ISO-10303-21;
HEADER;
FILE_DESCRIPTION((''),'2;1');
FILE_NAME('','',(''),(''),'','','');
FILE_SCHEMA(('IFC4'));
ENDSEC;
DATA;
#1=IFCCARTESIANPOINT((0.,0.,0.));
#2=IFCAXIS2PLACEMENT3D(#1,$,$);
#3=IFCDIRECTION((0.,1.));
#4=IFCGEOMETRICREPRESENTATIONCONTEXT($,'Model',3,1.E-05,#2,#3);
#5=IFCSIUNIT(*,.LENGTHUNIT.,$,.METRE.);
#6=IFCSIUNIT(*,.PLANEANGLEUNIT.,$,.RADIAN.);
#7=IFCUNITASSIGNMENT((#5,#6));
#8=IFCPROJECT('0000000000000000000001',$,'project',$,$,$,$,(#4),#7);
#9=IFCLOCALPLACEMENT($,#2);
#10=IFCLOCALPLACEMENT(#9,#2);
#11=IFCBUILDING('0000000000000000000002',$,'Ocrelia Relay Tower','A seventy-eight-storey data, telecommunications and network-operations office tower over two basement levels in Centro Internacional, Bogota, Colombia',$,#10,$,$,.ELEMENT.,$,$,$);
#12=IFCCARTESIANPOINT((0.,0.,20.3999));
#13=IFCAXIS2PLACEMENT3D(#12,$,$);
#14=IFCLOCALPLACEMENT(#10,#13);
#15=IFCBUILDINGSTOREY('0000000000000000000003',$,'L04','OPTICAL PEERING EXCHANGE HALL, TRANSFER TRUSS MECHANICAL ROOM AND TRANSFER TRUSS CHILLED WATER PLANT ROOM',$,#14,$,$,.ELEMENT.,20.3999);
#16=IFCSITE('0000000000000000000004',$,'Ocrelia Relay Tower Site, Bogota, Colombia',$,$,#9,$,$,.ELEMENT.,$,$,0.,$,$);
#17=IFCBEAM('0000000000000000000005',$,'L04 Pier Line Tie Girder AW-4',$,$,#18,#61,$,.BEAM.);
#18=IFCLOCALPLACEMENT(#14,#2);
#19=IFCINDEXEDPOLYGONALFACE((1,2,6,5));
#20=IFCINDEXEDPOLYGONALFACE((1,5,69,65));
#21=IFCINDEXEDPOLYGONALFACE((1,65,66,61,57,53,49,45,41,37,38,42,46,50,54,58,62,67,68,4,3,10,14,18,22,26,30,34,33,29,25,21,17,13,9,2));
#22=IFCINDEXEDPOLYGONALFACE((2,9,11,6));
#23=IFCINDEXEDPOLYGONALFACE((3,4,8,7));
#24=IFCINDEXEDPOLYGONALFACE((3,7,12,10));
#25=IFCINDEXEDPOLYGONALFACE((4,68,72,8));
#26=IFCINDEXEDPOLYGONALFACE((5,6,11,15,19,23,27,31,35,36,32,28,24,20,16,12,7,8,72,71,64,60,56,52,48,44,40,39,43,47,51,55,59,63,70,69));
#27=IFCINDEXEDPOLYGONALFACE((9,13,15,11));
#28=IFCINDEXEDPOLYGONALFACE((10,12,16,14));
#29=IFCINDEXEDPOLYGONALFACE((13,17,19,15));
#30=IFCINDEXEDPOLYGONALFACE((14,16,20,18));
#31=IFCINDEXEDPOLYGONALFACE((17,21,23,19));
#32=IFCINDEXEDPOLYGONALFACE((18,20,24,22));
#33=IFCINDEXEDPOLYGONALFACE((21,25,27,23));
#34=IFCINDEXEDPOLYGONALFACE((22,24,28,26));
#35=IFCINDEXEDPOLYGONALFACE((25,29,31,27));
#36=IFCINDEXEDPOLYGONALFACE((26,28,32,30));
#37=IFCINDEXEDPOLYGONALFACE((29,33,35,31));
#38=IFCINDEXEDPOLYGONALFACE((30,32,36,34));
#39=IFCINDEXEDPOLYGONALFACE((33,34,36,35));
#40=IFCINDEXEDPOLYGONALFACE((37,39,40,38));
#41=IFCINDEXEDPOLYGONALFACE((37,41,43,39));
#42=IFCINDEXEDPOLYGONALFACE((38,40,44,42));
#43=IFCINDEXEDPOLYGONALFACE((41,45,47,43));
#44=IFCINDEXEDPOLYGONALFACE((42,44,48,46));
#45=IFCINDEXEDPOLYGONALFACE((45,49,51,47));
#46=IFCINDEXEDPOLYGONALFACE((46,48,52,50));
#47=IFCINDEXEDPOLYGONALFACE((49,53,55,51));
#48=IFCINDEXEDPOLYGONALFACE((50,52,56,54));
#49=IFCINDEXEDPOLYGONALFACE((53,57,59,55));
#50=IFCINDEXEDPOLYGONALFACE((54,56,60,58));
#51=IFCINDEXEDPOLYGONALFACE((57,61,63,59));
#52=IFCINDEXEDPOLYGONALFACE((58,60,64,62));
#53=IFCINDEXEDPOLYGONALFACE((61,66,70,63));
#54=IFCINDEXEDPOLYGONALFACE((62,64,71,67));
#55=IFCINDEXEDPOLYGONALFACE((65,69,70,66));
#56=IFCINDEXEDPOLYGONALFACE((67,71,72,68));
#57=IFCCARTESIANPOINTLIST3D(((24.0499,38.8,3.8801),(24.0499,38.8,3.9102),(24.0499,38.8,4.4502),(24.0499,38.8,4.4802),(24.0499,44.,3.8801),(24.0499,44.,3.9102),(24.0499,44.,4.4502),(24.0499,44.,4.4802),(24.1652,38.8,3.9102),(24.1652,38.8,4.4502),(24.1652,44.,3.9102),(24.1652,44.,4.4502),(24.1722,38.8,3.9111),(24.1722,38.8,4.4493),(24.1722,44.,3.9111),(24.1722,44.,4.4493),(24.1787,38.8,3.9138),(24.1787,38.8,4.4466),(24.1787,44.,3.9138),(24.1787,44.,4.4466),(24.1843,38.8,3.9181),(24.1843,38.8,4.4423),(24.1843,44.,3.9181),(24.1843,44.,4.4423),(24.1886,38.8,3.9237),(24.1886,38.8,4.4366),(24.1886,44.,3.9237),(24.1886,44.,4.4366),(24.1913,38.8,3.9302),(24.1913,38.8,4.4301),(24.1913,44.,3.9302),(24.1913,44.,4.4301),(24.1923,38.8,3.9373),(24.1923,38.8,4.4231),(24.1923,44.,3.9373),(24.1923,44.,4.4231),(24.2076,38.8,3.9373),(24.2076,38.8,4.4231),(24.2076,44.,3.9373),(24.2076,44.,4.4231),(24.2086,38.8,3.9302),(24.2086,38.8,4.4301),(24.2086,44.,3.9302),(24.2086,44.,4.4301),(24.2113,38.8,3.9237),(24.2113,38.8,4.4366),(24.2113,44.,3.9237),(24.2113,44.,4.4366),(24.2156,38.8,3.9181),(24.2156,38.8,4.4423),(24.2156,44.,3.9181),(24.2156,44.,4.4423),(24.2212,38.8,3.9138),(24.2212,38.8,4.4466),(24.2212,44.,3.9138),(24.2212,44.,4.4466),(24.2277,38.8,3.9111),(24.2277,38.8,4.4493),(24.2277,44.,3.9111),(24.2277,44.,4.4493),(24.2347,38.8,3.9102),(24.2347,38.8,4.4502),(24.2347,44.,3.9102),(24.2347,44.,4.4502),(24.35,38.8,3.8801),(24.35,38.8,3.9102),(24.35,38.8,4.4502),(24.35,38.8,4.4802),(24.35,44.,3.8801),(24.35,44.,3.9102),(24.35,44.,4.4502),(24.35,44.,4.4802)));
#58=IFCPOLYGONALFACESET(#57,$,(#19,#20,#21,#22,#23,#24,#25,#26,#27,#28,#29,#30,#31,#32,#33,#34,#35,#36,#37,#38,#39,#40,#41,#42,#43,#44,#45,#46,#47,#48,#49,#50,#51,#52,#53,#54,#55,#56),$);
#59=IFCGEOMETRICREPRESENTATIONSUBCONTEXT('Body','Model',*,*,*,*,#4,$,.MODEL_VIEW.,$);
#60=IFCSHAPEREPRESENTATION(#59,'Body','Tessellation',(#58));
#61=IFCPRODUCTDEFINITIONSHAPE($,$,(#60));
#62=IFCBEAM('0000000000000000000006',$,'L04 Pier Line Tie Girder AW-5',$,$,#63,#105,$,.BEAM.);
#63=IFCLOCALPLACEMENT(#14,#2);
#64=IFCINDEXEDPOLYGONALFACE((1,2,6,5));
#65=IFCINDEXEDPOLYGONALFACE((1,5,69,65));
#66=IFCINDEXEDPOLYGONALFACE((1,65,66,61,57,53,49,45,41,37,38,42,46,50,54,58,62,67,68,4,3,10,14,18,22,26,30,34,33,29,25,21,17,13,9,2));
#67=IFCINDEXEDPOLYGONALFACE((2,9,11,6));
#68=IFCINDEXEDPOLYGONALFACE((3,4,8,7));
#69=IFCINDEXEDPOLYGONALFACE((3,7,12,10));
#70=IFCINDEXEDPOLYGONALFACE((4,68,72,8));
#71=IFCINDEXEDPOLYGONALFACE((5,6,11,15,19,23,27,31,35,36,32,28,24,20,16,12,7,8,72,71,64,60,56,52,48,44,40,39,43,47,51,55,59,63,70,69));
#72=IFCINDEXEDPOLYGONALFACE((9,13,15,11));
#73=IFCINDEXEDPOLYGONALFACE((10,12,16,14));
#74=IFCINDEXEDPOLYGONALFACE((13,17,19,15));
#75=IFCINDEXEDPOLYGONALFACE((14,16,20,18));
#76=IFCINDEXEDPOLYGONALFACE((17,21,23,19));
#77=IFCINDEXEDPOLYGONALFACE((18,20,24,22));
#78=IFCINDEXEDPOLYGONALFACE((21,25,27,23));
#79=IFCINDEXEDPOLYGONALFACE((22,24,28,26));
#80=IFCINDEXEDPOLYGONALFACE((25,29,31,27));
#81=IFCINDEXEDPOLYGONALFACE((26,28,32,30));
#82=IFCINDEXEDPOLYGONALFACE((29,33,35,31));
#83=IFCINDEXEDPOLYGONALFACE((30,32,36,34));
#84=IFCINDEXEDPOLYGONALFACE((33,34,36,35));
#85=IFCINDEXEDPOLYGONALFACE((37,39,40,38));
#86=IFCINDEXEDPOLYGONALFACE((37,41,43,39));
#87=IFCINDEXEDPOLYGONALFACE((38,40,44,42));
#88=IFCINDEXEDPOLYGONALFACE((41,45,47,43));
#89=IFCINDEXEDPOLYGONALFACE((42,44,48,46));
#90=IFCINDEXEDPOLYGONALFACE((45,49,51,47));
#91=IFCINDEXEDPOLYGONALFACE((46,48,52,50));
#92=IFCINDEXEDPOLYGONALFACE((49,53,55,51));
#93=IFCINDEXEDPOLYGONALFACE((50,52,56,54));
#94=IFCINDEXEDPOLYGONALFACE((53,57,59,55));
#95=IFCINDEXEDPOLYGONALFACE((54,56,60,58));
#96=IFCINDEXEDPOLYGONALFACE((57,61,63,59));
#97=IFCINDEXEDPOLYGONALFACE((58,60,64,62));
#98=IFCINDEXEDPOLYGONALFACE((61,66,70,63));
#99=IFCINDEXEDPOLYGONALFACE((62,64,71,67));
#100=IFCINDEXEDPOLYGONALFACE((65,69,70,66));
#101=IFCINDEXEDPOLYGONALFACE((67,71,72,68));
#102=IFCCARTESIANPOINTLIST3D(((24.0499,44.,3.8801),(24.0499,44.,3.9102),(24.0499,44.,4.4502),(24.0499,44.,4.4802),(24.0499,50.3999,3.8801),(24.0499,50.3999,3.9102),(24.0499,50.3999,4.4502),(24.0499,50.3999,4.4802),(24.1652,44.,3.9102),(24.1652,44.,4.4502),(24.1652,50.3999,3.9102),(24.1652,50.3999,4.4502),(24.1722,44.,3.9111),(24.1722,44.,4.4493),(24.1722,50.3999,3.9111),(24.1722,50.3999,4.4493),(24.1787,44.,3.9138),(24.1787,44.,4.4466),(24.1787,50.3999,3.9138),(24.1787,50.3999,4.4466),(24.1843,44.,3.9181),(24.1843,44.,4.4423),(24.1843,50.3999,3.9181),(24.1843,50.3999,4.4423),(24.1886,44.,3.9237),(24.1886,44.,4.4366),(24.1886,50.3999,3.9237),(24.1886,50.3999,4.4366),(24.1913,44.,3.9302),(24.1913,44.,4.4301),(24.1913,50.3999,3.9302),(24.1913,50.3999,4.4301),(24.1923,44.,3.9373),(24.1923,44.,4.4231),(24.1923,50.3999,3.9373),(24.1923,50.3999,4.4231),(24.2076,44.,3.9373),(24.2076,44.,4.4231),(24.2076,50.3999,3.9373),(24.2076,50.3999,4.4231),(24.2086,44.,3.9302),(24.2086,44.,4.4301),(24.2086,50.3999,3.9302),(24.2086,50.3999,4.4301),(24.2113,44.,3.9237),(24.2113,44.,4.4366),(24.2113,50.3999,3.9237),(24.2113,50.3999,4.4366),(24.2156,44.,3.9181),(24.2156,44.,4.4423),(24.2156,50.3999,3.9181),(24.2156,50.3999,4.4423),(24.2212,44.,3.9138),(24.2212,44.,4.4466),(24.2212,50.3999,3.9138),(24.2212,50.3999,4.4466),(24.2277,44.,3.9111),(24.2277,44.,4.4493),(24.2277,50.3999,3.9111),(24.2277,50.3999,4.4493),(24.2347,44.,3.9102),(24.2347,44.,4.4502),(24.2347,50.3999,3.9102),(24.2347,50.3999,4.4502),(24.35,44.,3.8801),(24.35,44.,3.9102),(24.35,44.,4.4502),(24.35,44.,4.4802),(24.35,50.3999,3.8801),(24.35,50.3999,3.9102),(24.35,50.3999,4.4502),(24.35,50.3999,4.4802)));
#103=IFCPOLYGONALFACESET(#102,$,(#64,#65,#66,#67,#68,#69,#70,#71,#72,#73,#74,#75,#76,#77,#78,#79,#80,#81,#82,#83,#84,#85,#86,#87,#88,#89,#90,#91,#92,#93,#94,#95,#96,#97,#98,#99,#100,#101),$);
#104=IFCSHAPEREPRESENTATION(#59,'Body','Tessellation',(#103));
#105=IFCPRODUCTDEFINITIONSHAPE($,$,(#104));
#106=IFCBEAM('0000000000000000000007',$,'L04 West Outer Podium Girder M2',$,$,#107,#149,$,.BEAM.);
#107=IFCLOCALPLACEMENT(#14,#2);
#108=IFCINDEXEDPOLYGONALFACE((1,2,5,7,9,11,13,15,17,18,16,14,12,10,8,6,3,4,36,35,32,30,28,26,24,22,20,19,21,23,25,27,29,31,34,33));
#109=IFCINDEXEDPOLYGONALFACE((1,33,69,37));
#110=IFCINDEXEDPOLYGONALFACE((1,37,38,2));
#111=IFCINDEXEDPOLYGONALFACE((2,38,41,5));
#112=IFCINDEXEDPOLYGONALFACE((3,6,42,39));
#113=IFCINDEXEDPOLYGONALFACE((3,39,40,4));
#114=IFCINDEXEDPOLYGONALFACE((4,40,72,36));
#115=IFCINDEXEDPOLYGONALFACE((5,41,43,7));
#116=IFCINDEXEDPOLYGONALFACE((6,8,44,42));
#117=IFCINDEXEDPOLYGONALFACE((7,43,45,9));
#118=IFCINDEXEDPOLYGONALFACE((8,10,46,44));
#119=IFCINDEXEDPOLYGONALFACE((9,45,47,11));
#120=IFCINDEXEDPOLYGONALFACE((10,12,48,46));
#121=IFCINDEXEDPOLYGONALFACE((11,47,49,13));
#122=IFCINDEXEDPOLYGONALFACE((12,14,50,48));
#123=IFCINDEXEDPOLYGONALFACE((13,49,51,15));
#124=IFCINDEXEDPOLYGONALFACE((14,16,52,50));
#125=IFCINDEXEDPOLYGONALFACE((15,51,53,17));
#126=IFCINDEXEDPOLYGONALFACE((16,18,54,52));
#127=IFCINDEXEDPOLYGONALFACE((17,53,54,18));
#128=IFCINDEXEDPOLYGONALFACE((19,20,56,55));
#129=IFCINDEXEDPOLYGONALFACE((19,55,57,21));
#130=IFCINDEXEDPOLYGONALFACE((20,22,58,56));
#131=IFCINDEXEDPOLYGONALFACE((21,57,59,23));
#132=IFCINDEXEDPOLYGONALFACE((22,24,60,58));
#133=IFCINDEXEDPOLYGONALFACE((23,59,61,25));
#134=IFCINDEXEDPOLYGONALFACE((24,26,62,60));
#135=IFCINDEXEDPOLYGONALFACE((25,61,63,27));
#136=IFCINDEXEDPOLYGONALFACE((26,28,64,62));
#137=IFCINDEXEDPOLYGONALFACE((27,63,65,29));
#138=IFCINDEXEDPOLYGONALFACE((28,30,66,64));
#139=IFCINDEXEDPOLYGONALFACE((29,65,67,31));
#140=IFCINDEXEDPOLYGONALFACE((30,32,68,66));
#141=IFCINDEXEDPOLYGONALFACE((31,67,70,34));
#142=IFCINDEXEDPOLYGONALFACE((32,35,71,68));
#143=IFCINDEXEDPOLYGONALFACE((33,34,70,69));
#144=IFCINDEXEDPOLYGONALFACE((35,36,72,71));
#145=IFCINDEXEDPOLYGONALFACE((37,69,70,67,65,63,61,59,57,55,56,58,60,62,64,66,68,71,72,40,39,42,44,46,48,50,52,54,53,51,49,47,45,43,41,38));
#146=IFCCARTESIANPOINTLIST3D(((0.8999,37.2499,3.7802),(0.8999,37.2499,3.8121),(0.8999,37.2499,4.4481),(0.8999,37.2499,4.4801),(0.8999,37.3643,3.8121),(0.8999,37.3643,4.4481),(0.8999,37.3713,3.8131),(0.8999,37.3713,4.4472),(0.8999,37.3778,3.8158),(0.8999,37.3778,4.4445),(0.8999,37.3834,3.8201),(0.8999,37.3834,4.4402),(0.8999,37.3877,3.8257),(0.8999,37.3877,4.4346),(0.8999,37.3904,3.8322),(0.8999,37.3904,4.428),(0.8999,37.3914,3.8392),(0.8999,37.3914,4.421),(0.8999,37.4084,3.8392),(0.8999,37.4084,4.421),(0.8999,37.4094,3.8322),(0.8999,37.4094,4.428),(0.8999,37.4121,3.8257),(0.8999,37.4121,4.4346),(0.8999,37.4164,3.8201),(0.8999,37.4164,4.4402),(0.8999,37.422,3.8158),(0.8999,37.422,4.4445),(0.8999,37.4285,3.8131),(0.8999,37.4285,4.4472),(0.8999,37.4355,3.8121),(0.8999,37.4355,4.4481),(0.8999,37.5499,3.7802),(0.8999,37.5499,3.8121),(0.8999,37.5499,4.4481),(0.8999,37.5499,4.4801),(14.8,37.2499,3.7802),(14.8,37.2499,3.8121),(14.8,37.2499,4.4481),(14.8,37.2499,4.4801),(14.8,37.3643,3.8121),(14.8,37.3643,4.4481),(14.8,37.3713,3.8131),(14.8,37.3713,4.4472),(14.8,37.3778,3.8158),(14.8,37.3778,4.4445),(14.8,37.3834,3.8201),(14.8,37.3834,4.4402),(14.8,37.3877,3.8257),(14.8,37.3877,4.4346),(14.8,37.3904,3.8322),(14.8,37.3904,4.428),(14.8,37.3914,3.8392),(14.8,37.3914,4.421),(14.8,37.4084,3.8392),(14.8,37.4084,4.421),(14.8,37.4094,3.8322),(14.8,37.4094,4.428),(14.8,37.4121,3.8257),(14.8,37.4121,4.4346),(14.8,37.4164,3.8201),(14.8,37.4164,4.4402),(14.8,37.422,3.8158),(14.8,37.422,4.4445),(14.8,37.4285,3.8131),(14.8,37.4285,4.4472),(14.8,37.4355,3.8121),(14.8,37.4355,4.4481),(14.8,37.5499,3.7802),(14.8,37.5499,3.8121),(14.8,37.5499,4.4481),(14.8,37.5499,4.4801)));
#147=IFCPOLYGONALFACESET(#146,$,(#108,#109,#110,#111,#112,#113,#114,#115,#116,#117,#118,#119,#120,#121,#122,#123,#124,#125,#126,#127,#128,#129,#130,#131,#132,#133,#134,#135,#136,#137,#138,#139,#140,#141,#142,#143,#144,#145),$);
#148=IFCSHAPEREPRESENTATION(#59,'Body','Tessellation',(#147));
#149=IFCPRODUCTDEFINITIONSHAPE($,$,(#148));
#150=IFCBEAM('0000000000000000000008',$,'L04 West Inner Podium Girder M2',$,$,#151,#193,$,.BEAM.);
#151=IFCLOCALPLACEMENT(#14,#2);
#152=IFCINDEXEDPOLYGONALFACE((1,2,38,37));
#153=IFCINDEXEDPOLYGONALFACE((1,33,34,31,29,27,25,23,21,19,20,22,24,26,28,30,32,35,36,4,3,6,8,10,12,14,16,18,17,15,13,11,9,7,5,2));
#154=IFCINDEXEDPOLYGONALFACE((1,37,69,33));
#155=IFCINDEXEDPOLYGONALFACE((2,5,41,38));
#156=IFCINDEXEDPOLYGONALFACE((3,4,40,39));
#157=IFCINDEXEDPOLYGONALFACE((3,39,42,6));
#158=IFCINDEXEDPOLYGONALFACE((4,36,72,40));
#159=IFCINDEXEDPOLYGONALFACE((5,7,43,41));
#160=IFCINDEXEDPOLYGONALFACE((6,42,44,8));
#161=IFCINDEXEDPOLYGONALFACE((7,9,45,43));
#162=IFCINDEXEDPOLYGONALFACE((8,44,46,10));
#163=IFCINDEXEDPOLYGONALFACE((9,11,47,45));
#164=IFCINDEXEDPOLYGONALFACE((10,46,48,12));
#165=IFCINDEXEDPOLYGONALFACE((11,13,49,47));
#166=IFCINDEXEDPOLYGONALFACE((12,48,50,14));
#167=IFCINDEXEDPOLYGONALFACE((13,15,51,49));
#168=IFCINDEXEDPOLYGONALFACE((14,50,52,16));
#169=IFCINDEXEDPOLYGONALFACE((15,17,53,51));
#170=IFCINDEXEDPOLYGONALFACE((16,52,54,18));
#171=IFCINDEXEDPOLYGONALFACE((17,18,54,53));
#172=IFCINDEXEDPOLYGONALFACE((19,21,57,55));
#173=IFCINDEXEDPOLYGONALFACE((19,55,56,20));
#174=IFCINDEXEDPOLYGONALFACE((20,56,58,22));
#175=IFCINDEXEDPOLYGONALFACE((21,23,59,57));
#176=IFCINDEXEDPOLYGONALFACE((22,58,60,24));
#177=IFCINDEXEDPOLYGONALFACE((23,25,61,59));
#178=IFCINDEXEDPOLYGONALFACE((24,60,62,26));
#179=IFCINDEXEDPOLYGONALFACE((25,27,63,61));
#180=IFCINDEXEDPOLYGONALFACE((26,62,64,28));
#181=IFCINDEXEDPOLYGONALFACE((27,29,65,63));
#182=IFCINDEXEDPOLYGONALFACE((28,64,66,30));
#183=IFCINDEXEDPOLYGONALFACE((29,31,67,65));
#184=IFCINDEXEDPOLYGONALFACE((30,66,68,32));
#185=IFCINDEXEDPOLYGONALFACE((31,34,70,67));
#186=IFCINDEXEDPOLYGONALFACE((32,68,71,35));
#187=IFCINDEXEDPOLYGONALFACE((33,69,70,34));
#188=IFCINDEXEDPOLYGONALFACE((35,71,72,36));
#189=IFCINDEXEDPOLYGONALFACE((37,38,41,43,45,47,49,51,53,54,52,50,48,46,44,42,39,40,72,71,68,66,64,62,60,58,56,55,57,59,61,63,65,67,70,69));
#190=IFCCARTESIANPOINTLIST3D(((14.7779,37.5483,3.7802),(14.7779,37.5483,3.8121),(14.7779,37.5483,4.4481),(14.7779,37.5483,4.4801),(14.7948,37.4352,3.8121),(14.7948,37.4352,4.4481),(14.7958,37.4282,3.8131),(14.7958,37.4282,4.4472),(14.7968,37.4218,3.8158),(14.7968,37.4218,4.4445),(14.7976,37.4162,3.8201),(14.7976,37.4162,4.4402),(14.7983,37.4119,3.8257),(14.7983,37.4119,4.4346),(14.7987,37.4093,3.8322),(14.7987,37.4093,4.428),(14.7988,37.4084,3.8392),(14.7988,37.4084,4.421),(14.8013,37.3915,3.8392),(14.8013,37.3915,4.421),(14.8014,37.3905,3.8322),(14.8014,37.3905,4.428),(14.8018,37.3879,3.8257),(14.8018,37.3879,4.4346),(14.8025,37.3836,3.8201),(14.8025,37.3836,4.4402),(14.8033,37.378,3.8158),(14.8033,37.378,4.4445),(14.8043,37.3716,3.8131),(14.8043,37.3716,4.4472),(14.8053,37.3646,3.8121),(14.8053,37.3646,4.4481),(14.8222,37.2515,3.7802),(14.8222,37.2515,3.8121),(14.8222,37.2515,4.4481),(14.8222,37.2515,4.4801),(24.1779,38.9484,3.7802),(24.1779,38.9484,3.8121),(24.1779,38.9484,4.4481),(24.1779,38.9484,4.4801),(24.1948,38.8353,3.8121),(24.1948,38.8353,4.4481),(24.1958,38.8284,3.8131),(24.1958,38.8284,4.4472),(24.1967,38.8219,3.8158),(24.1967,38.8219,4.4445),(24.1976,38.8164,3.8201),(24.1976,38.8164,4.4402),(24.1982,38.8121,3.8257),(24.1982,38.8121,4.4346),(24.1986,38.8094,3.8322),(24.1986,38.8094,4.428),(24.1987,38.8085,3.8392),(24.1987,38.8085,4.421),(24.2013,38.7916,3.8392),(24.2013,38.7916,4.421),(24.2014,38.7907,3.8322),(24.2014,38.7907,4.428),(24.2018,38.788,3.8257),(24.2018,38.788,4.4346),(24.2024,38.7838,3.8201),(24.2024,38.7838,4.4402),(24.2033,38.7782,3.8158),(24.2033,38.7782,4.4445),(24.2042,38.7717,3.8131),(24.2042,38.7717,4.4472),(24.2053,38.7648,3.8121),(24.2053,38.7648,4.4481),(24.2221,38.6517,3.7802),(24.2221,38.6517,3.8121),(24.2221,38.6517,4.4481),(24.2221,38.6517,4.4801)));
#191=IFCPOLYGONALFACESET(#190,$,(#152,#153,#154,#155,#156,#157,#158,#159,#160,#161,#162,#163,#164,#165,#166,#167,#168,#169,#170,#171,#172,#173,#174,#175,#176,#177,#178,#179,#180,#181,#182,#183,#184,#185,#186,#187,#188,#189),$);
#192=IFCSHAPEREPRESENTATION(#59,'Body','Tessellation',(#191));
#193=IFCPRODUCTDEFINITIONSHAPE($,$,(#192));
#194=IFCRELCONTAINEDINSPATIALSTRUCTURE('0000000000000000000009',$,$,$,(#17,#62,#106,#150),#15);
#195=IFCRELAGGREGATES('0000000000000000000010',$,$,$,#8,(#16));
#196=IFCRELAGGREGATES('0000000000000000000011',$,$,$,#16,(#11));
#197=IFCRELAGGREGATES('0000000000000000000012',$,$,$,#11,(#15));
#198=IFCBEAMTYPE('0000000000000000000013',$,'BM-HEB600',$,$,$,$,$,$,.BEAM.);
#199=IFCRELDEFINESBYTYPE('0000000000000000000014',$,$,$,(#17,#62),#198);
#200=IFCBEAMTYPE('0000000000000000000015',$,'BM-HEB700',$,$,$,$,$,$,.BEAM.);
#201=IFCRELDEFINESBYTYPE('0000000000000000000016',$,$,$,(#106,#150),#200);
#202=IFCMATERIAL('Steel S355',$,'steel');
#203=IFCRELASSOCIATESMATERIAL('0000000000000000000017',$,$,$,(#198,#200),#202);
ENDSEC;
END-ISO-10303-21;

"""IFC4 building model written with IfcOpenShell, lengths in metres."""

from ifc_helpers import new_model, si_unit, direction, frame, origin, origin_2d, place, context, subcontext, project, spatial, i_section, extrude, material, material_profile, profile_set, type_object, element, save


model = new_model("IFC4")

# Units and contexts
model_context = context("Model", 3, precision=1e-05, world=origin(), true_north=direction((0.0, 1.0)))
body_context = subcontext(model_context, "Body", "Model", "MODEL_VIEW")
ifc_project = project(units=[si_unit("LENGTHUNIT", "METRE"), si_unit("PLANEANGLEUNIT", "RADIAN")], contexts=[model_context])

# Site, building, storey
site_placement = place(None, origin())
site = spatial("IfcSite", under=ifc_project, at=site_placement, Name="Ocrelia Relay Tower Site, Bogota, Colombia", CompositionType="ELEMENT", RefElevation=0.0)
building_placement = place(site_placement, origin())
building = spatial("IfcBuilding", under=site, at=building_placement, Name="Ocrelia Relay Tower", Description="A seventy-eight-storey data, telecommunications and network-operations office tower over two basement levels in Centro Internacional, Bogota, Colombia", CompositionType="ELEMENT")
storey_placement = place(building_placement, frame((0.0, 0.0, 20.3999)))
storey = spatial("IfcBuildingStorey", under=building, at=storey_placement, Name="L04", Description="OPTICAL PEERING EXCHANGE HALL, TRANSFER TRUSS MECHANICAL ROOM AND TRANSFER TRUSS CHILLED WATER PLANT ROOM", CompositionType="ELEMENT", Elevation=20.3999)

# Beams
ifc_material_1 = material(Name="Steel S355", Category="steel")
ifc_material_profile_1 = material_profile(ifc_material_1, i_section(OverallWidth=0.3, OverallDepth=0.6001, WebThickness=0.0154, FlangeThickness=0.03, FilletRadius=0.0271, at=origin_2d()), Name="HEB 600")
ifc_profile_set_1 = profile_set([ifc_material_profile_1], Name="Steel S355")
beam_type_1 = type_object("IfcBeamType", Name="BM-HEB600", PredefinedType="BEAM", material=ifc_profile_set_1)
beam_1_placement = place(storey_placement, frame((24.2, 38.8, 4.1802), z_axis=(0.0, 1.0, 0.0), x_axis=(-1.0, 0.0, 0.0)))
element("IfcBeam", 1, at=beam_1_placement, inside=storey, type_object=beam_type_1, Name="L04 Pier Line Tie Girder AW-4", PredefinedType="BEAM", context=body_context, shape_type="SweptSolid", body=[
    extrude(i_section(OverallWidth=0.3, OverallDepth=0.6001, WebThickness=0.0154, FlangeThickness=0.03, FilletRadius=0.0271, at=origin_2d()), origin(), (0.0, 0.0, 1.0), 5.2),
])
beam_2_placement = place(storey_placement, frame((24.2, 44.0, 4.1802), z_axis=(0.0, 1.0, 0.0), x_axis=(-1.0, 0.0, 0.0)))
element("IfcBeam", 2, at=beam_2_placement, inside=storey, type_object=beam_type_1, Name="L04 Pier Line Tie Girder AW-5", PredefinedType="BEAM", context=body_context, shape_type="SweptSolid", body=[
    extrude(i_section(OverallWidth=0.3, OverallDepth=0.6001, WebThickness=0.0154, FlangeThickness=0.03, FilletRadius=0.0271, at=origin_2d()), origin(), (0.0, 0.0, 1.0), 6.3999),
])
ifc_material_profile_2 = material_profile(ifc_material_1, i_section(OverallWidth=0.3, OverallDepth=0.7, WebThickness=0.0171, FlangeThickness=0.032, FilletRadius=0.0271, at=origin_2d()), Name="HEB 700")
ifc_profile_set_2 = profile_set([ifc_material_profile_2], Name="Steel S355")
beam_type_2 = type_object("IfcBeamType", Name="BM-HEB700", PredefinedType="BEAM", material=ifc_profile_set_2)
beam_3_placement = place(storey_placement, frame((0.8999, 37.3999, 4.1301), z_axis=(1.0, 0.0, 0.0), x_axis=(0.0, 1.0, 0.0)))
element("IfcBeam", 3, at=beam_3_placement, inside=storey, type_object=beam_type_2, Name="L04 West Outer Podium Girder M2", PredefinedType="BEAM", context=body_context, shape_type="SweptSolid", body=[
    extrude(i_section(OverallWidth=0.3, OverallDepth=0.7, WebThickness=0.0171, FlangeThickness=0.032, FilletRadius=0.0271, at=origin_2d()), origin(), (0.0, 0.0, 1.0), 13.9001),
])
beam_4_placement = place(storey_placement, frame((14.8, 37.3999, 4.1301), z_axis=(0.989088, 0.147328, 0.0), x_axis=(-0.147328, 0.989088, 0.0)))
element("IfcBeam", 4, at=beam_4_placement, inside=storey, type_object=beam_type_2, Name="L04 West Inner Podium Girder M2", PredefinedType="BEAM", context=body_context, shape_type="SweptSolid", body=[
    extrude(i_section(OverallWidth=0.3, OverallDepth=0.7, WebThickness=0.0171, FlangeThickness=0.032, FilletRadius=0.0271, at=origin_2d()), origin(), (0.0, 0.0, 1.0), 9.5037),
])

save(model, "model.ifc")
